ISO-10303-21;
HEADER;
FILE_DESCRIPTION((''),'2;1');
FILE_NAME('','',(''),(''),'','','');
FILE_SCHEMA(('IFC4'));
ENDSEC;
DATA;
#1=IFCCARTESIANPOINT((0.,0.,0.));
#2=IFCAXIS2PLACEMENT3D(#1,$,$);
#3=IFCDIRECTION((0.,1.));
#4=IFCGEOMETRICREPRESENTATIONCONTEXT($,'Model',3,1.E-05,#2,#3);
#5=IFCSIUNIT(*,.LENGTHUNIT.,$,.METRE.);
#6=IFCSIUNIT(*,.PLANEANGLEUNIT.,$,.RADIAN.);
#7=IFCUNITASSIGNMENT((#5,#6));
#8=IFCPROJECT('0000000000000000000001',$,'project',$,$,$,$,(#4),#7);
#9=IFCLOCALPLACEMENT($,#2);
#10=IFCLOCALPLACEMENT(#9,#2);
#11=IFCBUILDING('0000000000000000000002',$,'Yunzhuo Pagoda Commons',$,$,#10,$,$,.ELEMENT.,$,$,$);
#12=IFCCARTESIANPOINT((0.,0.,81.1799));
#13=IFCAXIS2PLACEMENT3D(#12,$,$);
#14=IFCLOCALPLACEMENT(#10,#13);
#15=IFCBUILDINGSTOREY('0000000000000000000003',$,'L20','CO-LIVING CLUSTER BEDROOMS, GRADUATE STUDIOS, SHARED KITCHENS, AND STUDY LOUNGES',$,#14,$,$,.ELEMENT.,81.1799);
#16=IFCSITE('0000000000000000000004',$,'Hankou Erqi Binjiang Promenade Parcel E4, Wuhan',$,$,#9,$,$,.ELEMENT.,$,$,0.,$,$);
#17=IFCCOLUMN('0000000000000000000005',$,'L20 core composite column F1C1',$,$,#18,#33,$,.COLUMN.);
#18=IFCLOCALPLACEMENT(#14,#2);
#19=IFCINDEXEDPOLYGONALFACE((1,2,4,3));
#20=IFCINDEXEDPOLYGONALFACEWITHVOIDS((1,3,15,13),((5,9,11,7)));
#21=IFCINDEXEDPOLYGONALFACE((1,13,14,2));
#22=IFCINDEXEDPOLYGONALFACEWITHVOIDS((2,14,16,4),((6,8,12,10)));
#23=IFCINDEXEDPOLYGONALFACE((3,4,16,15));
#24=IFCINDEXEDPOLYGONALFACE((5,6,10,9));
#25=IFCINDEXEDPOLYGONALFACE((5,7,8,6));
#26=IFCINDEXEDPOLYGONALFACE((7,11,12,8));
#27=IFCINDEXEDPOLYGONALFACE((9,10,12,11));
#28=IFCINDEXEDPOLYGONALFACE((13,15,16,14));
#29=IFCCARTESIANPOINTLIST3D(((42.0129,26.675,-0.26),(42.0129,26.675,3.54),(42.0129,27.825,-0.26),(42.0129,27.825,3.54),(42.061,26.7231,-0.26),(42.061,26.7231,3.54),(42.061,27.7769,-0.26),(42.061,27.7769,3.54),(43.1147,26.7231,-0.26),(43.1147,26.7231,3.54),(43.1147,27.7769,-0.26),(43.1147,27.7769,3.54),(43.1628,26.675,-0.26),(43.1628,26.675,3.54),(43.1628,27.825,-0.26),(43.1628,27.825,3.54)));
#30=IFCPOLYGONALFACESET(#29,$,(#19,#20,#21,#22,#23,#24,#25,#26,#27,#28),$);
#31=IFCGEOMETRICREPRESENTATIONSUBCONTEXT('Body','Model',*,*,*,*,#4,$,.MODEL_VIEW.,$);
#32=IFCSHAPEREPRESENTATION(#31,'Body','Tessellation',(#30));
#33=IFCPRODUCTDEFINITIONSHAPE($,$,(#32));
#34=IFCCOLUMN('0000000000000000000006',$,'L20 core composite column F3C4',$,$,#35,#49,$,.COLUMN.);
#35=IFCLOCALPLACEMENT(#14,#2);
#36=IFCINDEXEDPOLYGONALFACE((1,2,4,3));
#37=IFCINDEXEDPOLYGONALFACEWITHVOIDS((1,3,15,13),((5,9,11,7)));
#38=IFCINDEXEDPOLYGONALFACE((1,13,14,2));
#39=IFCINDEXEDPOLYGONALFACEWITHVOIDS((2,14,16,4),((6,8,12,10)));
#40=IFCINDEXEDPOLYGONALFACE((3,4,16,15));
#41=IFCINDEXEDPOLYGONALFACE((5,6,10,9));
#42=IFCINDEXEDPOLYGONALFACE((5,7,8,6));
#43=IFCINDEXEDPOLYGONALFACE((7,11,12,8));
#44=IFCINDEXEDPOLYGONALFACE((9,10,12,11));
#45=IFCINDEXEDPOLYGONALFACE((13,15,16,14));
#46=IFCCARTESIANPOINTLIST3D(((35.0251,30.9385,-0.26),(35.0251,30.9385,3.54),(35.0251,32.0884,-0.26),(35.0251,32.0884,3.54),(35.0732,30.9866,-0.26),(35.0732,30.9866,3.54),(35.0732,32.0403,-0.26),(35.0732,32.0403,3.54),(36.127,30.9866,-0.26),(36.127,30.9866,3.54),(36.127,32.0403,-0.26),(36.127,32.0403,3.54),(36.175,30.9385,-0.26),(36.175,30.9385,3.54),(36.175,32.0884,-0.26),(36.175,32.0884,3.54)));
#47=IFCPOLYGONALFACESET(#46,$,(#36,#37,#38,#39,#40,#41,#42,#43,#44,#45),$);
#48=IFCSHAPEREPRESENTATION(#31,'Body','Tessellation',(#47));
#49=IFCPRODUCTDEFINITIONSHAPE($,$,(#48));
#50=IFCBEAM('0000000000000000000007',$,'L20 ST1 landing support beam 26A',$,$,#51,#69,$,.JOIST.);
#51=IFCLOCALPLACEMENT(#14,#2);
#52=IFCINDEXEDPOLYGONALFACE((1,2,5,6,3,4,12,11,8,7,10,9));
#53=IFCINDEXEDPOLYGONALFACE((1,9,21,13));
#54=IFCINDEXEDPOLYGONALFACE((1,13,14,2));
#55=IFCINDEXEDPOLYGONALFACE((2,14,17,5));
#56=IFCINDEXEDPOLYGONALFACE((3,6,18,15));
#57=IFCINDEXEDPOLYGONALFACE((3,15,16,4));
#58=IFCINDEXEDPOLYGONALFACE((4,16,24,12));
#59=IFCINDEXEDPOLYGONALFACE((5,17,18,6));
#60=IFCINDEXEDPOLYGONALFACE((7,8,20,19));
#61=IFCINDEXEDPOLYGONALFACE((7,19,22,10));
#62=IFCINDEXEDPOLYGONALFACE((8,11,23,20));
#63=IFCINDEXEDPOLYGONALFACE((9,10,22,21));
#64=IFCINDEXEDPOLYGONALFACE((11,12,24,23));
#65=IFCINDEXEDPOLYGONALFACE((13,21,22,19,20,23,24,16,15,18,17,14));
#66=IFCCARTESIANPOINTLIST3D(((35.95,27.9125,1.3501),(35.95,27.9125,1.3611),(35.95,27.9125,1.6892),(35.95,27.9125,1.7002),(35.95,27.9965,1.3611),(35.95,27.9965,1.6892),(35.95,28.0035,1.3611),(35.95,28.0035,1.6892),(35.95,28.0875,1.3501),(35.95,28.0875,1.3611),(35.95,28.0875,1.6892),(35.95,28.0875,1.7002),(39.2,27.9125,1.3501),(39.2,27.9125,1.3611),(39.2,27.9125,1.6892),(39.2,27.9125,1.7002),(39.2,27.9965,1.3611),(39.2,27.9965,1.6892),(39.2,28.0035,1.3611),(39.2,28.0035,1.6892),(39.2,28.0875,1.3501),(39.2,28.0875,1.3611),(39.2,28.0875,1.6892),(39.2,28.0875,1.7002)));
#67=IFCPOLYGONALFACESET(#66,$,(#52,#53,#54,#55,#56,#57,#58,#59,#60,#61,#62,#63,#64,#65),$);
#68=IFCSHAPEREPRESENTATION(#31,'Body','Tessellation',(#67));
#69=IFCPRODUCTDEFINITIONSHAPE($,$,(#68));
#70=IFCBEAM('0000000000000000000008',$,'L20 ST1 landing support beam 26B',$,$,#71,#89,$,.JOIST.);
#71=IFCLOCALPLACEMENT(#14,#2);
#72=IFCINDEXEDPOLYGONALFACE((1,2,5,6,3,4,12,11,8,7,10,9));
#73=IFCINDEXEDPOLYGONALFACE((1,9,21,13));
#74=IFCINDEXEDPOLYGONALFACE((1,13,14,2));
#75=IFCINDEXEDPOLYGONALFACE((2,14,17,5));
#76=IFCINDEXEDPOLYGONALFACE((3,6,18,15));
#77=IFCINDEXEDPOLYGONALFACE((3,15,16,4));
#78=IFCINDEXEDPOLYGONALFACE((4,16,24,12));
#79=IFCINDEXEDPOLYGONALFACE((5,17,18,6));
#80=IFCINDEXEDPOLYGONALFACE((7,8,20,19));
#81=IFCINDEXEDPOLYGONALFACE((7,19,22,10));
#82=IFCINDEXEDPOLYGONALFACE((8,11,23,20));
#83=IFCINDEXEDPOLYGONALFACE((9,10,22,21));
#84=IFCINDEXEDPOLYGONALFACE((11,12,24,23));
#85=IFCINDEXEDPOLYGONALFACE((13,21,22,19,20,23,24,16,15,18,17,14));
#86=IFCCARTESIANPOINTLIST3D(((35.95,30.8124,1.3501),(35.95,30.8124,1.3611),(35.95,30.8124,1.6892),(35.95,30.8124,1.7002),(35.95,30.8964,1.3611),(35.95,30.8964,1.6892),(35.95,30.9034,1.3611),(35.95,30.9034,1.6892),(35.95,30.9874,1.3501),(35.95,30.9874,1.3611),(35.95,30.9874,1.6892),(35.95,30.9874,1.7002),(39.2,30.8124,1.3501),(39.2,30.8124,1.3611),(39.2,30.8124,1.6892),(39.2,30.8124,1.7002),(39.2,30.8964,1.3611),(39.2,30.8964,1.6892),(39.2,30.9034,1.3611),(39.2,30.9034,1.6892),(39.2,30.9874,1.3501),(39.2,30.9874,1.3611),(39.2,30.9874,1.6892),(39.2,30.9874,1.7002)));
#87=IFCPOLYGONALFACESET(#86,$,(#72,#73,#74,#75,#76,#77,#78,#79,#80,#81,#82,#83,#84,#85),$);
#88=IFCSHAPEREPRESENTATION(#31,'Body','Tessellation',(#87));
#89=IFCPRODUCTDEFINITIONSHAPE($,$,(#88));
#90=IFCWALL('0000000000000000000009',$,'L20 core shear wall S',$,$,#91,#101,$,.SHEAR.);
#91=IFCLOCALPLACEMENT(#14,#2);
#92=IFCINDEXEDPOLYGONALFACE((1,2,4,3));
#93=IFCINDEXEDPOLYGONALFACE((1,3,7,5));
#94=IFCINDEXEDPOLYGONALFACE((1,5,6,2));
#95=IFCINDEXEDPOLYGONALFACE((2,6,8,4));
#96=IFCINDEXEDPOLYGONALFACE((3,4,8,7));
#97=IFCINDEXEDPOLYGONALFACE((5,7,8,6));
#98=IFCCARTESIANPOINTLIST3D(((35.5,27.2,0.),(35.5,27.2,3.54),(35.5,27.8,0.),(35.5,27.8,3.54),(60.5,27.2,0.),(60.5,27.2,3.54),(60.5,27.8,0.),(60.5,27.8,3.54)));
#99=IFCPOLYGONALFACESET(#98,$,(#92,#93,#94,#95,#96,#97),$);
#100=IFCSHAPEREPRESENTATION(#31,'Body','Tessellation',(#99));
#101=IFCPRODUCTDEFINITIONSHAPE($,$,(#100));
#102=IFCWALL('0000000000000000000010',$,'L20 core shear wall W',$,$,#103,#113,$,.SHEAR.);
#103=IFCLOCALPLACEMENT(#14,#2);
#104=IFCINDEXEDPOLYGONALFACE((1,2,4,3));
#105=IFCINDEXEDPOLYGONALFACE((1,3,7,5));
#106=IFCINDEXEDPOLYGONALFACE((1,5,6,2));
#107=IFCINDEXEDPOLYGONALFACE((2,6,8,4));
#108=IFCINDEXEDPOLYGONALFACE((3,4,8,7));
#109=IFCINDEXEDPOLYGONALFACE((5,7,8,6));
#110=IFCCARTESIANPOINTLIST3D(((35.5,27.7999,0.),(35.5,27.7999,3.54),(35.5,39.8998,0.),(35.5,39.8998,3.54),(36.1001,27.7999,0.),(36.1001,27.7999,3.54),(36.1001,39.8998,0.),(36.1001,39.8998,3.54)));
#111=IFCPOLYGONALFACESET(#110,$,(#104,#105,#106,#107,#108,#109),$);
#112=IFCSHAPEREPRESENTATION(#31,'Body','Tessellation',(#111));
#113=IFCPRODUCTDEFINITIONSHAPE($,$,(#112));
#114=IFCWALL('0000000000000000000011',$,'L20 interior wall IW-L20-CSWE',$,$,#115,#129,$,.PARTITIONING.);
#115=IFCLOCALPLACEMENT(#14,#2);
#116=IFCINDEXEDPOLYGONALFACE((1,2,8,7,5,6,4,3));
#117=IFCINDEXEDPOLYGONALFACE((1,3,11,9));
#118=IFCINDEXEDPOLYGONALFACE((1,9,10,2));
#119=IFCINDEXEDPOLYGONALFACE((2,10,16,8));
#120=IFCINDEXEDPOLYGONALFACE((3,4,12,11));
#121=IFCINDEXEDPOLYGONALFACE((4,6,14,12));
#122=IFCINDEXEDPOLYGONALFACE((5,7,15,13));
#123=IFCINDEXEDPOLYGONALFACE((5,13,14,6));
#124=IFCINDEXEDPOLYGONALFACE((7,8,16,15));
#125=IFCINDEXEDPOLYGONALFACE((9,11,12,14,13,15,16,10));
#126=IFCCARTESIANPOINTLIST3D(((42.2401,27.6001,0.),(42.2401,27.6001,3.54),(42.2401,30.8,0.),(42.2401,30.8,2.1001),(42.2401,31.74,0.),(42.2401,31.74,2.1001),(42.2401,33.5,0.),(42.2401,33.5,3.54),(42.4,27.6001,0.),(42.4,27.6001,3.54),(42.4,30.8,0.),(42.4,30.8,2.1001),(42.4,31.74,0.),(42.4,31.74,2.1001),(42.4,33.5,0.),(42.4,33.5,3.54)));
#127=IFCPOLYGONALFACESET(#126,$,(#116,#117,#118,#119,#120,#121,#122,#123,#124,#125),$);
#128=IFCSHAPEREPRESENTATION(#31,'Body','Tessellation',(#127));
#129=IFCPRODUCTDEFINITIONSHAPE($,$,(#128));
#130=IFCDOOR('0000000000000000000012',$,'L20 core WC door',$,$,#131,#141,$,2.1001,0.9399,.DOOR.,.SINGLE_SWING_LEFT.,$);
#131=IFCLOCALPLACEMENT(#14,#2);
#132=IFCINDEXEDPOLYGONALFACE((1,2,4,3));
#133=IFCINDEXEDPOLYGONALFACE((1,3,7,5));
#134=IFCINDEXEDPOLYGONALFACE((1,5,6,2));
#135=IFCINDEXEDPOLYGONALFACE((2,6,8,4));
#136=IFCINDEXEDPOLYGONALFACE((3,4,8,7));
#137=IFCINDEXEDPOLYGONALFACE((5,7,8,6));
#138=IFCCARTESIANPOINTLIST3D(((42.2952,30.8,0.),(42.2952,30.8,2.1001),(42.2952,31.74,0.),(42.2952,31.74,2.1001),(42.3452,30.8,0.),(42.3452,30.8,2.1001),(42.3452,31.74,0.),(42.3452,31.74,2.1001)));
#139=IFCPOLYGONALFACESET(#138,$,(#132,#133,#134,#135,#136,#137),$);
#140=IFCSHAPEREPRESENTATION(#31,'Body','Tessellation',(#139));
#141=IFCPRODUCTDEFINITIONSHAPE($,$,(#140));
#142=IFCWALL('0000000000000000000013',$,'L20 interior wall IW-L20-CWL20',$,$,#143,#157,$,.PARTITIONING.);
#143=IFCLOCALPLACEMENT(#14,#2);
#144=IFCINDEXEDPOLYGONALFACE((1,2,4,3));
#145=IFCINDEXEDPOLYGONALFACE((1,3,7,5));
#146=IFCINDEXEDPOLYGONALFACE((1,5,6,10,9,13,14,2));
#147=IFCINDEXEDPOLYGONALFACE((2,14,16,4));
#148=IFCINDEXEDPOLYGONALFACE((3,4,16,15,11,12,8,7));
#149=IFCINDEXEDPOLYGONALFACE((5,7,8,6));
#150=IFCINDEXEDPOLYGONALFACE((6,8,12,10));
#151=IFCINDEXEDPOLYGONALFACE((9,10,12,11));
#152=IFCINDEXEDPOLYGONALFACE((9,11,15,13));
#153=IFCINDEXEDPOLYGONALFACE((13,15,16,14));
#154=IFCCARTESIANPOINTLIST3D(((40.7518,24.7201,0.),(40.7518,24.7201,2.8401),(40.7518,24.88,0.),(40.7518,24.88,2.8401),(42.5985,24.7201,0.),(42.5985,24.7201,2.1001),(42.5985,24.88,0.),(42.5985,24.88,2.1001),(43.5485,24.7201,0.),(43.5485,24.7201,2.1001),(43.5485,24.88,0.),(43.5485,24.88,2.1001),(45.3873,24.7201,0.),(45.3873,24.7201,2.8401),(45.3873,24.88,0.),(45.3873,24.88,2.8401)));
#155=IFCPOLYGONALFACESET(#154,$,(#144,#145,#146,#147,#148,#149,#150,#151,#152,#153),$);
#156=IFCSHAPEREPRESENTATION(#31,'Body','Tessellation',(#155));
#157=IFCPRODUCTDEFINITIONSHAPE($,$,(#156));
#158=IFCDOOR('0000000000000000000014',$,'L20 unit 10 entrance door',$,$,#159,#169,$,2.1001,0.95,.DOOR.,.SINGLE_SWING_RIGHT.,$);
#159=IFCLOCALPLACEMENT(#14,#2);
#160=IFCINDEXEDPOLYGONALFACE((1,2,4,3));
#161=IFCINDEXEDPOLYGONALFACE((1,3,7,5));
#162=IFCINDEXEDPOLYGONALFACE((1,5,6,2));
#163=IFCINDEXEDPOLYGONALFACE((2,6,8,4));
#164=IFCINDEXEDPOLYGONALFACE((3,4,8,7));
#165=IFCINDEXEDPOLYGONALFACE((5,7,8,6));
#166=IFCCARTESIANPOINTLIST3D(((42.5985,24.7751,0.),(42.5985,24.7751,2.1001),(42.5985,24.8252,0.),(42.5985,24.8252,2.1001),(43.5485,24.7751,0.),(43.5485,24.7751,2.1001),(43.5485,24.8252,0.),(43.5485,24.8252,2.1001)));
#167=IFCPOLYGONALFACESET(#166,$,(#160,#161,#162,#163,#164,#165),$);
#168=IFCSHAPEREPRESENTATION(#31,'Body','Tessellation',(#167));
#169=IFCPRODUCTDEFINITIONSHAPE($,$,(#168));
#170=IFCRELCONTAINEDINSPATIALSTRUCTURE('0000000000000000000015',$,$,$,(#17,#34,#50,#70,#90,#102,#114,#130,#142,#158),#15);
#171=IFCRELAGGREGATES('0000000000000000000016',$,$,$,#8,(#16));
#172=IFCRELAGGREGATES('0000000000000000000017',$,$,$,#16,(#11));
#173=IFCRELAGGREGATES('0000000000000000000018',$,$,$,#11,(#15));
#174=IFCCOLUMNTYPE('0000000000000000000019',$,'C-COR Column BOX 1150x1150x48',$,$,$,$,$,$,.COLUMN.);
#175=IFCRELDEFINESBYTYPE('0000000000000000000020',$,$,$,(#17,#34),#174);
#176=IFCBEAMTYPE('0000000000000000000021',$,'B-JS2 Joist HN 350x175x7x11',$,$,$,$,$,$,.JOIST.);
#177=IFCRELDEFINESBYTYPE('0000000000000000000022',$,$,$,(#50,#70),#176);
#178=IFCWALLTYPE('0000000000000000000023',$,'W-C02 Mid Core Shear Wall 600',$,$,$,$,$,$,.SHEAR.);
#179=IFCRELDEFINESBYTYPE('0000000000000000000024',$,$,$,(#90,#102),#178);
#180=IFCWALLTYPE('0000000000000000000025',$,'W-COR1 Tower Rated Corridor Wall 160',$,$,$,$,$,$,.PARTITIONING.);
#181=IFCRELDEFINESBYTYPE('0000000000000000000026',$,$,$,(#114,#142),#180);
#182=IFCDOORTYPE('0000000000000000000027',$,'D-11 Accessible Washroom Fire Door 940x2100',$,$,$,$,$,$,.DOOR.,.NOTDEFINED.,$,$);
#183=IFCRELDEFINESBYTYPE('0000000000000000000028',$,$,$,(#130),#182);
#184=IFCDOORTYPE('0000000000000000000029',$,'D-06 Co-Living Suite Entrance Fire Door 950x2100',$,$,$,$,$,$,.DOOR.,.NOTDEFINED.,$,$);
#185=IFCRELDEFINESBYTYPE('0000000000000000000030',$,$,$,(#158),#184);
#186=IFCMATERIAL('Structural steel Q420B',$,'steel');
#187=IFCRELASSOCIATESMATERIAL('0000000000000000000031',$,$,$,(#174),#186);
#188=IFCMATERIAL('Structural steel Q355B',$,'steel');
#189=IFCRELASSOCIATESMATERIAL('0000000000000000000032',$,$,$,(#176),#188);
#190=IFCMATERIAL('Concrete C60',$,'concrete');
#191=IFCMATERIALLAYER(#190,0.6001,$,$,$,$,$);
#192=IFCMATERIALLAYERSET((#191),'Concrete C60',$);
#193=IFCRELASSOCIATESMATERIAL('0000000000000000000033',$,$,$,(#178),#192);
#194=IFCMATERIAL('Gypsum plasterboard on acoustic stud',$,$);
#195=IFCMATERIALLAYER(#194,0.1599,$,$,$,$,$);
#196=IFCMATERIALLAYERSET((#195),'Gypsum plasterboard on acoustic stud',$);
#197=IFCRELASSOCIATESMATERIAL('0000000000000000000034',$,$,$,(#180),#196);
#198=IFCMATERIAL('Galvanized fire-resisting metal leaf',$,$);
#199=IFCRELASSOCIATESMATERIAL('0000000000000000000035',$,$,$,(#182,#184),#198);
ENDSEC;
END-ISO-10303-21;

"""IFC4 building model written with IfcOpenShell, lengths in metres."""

from ifc_helpers import new_model, si_unit, direction, frame, frame_2d, origin, origin_with_axes, origin_2d, place, context, subcontext, project, spatial, rectangle, hollow_rectangle, i_section, extrude, source, transform, mapped, material, layer, layer_set, material_profile, profile_set, type_object, element, fill, save


model = new_model("IFC4")

# Units and contexts
model_context = context("Model", 3, precision=1e-05, world=origin(), true_north=direction((0.0, 1.0)))
body_context = subcontext(model_context, "Body", "Model", "MODEL_VIEW")
ifc_project = project(units=[si_unit("LENGTHUNIT", "METRE"), si_unit("PLANEANGLEUNIT", "RADIAN")], contexts=[model_context])

# Site, building, storey
site_placement = place(None, origin())
site = spatial("IfcSite", under=ifc_project, at=site_placement, Name="Hankou Erqi Binjiang Promenade Parcel E4, Wuhan", CompositionType="ELEMENT", RefElevation=0.0)
building_placement = place(site_placement, origin())
building = spatial("IfcBuilding", under=site, at=building_placement, Name="Yunzhuo Pagoda Commons", CompositionType="ELEMENT")
storey_placement = place(building_placement, frame((0.0, 0.0, 81.1799)))
storey = spatial("IfcBuildingStorey", under=building, at=storey_placement, Name="L20", Description="CO-LIVING CLUSTER BEDROOMS, GRADUATE STUDIOS, SHARED KITCHENS, AND STUDY LOUNGES", CompositionType="ELEMENT", Elevation=81.1799)

# Columns
ifc_material_1 = material(Name="Structural steel Q420B", Category="steel")
ifc_material_profile_1 = material_profile(ifc_material_1, hollow_rectangle(XDim=1.1499, YDim=1.1499, WallThickness=0.0481, at=origin_2d()), Name="Structural steel Q420B")
ifc_profile_set_1 = profile_set([ifc_material_profile_1], Name="Structural steel Q420B")
column_type = type_object("IfcColumnType", Name="C-COR Column BOX 1150x1150x48", PredefinedType="COLUMN", material=ifc_profile_set_1)
shared_shape_1 = source(origin(), body_context, "Body", "SweptSolid", [
    extrude(hollow_rectangle(XDim=1.1499, YDim=1.1499, WallThickness=0.0481, at=origin_2d()), origin(), (0.0, 0.0, 1.0), 3.8),
])
for number, where, z_axis, x_axis, name in (
    (1, (42.5879, 27.25, -0.26), (0.0, 0.0, 1.0), (1.0, 0.0, 0.0), "L20 core composite column F1C1"),
    (2, (35.6001, 31.5134, -0.26), (0.0, 0.0, 1.0), (1.0, 0.0, 0.0), "L20 core composite column F3C4"),
):
    element("IfcColumn", number, at=place(storey_placement, frame(where, z_axis=z_axis, x_axis=x_axis)), inside=storey, type_object=column_type, Name=name, PredefinedType="COLUMN", context=body_context, shape_type="MappedRepresentation", body=[
        mapped(shared_shape_1, transform((0.0, 0.0, 0.0), scale=1.0)),
    ])

# Beams
ifc_material_2 = material(Name="Structural steel Q355B", Category="steel")
ifc_material_profile_2 = material_profile(ifc_material_2, i_section(OverallWidth=0.175, OverallDepth=0.3501, WebThickness=0.0071, FlangeThickness=0.011, at=origin_2d()), Name="Structural steel Q355B")
ifc_profile_set_2 = profile_set([ifc_material_profile_2], Name="Structural steel Q355B")
beam_type = type_object("IfcBeamType", Name="B-JS2 Joist HN 350x175x7x11", PredefinedType="JOIST", material=ifc_profile_set_2)
shared_shape_2 = source(origin(), body_context, "Body", "SweptSolid", [
    extrude(i_section(OverallWidth=0.175, OverallDepth=0.3501, WebThickness=0.0071, FlangeThickness=0.011, at=origin_2d()), origin(), (0.0, 0.0, 1.0), 3.25),
])
for number, where, z_axis, x_axis, name in (
    (3, (35.95, 28.0, 1.5251), (1.0, 0.0, 0.0), (0.0, 1.0, 0.0), "L20 ST1 landing support beam 26A"),
    (4, (35.95, 30.8999, 1.5251), (1.0, 0.0, 0.0), (0.0, 1.0, 0.0), "L20 ST1 landing support beam 26B"),
):
    element("IfcBeam", number, at=place(storey_placement, frame(where, z_axis=z_axis, x_axis=x_axis)), inside=storey, type_object=beam_type, Name=name, PredefinedType="JOIST", context=body_context, shape_type="MappedRepresentation", body=[
        mapped(shared_shape_2, transform((0.0, 0.0, 0.0), scale=1.0)),
    ])

# Walls
ifc_material_3 = material(Name="Concrete C60", Category="concrete")
ifc_layer_1 = layer(ifc_material_3, 0.6001)
ifc_layer_set_1 = layer_set([ifc_layer_1], Name="Concrete C60")
wall_type_1 = type_object("IfcWallType", Name="W-C02 Mid Core Shear Wall 600", PredefinedType="SHEAR", material=ifc_layer_set_1)
wall_1_placement = place(storey_placement, frame((35.5, 27.5, 0.0), z_axis=(0.0, 0.0, 1.0), x_axis=(1.0, 0.0, 0.0)))
element("IfcWall", 5, at=wall_1_placement, inside=storey, type_object=wall_type_1, Name="L20 core shear wall S", PredefinedType="SHEAR", context=body_context, shape_type="SweptSolid", body=[
    extrude(rectangle(XDim=25.0, YDim=0.6001, at=frame_2d((12.5, 0.0))), origin(), (0.0, 0.0, 1.0), 3.54),
])
wall_2_placement = place(storey_placement, frame((35.8, 27.8, 0.0), z_axis=(0.0, 0.0, 1.0), x_axis=(0.0, 1.0, 0.0)))
element("IfcWall", 6, at=wall_2_placement, inside=storey, type_object=wall_type_1, Name="L20 core shear wall W", PredefinedType="SHEAR", context=body_context, shape_type="SweptSolid", body=[
    extrude(rectangle(XDim=12.0999, YDim=0.6001, at=frame_2d((6.0498, 0.0))), origin(), (0.0, 0.0, 1.0), 3.54),
])

# Walls, openings, doors
ifc_material_4 = material(Name="Gypsum plasterboard on acoustic stud")
ifc_layer_2 = layer(ifc_material_4, 0.1599)
ifc_layer_set_2 = layer_set([ifc_layer_2], Name="Gypsum plasterboard on acoustic stud")
wall_type_2 = type_object("IfcWallType", Name="W-COR1 Tower Rated Corridor Wall 160", PredefinedType="PARTITIONING", material=ifc_layer_set_2)
wall_3_placement = place(storey_placement, frame((42.3201, 27.6001, 0.0), z_axis=(0.0, 0.0, 1.0), x_axis=(0.0, 1.0, 0.0)))
wall_3 = element("IfcWall", 7, at=wall_3_placement, inside=storey, type_object=wall_type_2, Name="L20 interior wall IW-L20-CSWE", PredefinedType="PARTITIONING", context=body_context, shape_type="SweptSolid", body=[
    extrude(rectangle(XDim=5.8999, YDim=0.1599, at=frame_2d((2.95, 0.0))), origin(), (0.0, 0.0, 1.0), 3.54),
])
opening_1_placement = place(wall_3_placement, frame((3.2, 0.0, 0.0)))
opening_1 = element("IfcOpeningElement", 8, at=opening_1_placement, cuts=wall_3, PredefinedType="OPENING", context=body_context, shape_type="SweptSolid", body=[
    extrude(rectangle(XDim=0.9399, YDim=2.1001, at=frame_2d((0.47, 1.05))), frame((0.0, 0.0898, 0.0), z_axis=(0.0, -1.0, 0.0), x_axis=(1.0, 0.0, 0.0)), (0.0, 0.0, 1.0), 0.1799),
])
ifc_material_5 = material(Name="Galvanized fire-resisting metal leaf")
door_type_1 = type_object("IfcDoorType", Name="D-11 Accessible Washroom Fire Door 940x2100", OperationType="NOTDEFINED", PredefinedType="DOOR", material=ifc_material_5)
shared_shape_3 = source(origin(), body_context, "Body", "SweptSolid", [
    extrude(rectangle(XDim=0.9399, YDim=2.1001, at=frame_2d((0.47, 1.05))), frame((0.0, 0.0249, 0.0), z_axis=(0.0, -1.0, 0.0), x_axis=(1.0, 0.0, 0.0)), (0.0, 0.0, 1.0), 0.05),
])
door_1_placement = place(opening_1_placement, origin_with_axes())
door_1 = element("IfcDoor", 9, at=door_1_placement, inside=storey, type_object=door_type_1, Name="L20 core WC door", OperationType="SINGLE_SWING_LEFT", OverallHeight=2.1001, OverallWidth=0.9399, PredefinedType="DOOR", context=body_context, shape_type="MappedRepresentation", body=[
    mapped(shared_shape_3, transform((0.0, 0.0, 0.0), scale=1.0)),
])
fill(opening_1, door_1)
wall_4_placement = place(storey_placement, frame((45.3875, 24.8, 0.0), z_axis=(0.0, 0.0, 1.0), x_axis=(-1.0, 0.0, 0.0)))
wall_4 = element("IfcWall", 10, at=wall_4_placement, inside=storey, type_object=wall_type_2, Name="L20 interior wall IW-L20-CWL20", PredefinedType="PARTITIONING", context=body_context, shape_type="SweptSolid", body=[
    extrude(rectangle(XDim=4.6355, YDim=0.1599, at=frame_2d((2.3179, 0.0))), origin(), (0.0, 0.0, 1.0), 2.8401),
])
opening_2_placement = place(wall_4_placement, frame((1.8389, 0.0, 0.0)))
opening_2 = element("IfcOpeningElement", 11, at=opening_2_placement, cuts=wall_4, PredefinedType="OPENING", context=body_context, shape_type="SweptSolid", body=[
    extrude(rectangle(XDim=0.95, YDim=2.1001, at=frame_2d((0.4751, 1.05))), frame((0.0, 0.0898, 0.0), z_axis=(0.0, -1.0, 0.0), x_axis=(1.0, 0.0, 0.0)), (0.0, 0.0, 1.0), 0.1799),
])
door_type_2 = type_object("IfcDoorType", Name="D-06 Co-Living Suite Entrance Fire Door 950x2100", OperationType="NOTDEFINED", PredefinedType="DOOR", material=ifc_material_5)
shared_shape_4 = source(origin(), body_context, "Body", "SweptSolid", [
    extrude(rectangle(XDim=0.95, YDim=2.1001, at=frame_2d((0.4751, 1.05))), frame((0.0, 0.0249, 0.0), z_axis=(0.0, -1.0, 0.0), x_axis=(1.0, 0.0, 0.0)), (0.0, 0.0, 1.0), 0.05),
])
door_2_placement = place(opening_2_placement, origin_with_axes())
door_2 = element("IfcDoor", 12, at=door_2_placement, inside=storey, type_object=door_type_2, Name="L20 unit 10 entrance door", OperationType="SINGLE_SWING_RIGHT", OverallHeight=2.1001, OverallWidth=0.95, PredefinedType="DOOR", context=body_context, shape_type="MappedRepresentation", body=[
    mapped(shared_shape_4, transform((0.0, 0.0, 0.0), scale=1.0)),
])
fill(opening_2, door_2)

save(model, "model.ifc")
